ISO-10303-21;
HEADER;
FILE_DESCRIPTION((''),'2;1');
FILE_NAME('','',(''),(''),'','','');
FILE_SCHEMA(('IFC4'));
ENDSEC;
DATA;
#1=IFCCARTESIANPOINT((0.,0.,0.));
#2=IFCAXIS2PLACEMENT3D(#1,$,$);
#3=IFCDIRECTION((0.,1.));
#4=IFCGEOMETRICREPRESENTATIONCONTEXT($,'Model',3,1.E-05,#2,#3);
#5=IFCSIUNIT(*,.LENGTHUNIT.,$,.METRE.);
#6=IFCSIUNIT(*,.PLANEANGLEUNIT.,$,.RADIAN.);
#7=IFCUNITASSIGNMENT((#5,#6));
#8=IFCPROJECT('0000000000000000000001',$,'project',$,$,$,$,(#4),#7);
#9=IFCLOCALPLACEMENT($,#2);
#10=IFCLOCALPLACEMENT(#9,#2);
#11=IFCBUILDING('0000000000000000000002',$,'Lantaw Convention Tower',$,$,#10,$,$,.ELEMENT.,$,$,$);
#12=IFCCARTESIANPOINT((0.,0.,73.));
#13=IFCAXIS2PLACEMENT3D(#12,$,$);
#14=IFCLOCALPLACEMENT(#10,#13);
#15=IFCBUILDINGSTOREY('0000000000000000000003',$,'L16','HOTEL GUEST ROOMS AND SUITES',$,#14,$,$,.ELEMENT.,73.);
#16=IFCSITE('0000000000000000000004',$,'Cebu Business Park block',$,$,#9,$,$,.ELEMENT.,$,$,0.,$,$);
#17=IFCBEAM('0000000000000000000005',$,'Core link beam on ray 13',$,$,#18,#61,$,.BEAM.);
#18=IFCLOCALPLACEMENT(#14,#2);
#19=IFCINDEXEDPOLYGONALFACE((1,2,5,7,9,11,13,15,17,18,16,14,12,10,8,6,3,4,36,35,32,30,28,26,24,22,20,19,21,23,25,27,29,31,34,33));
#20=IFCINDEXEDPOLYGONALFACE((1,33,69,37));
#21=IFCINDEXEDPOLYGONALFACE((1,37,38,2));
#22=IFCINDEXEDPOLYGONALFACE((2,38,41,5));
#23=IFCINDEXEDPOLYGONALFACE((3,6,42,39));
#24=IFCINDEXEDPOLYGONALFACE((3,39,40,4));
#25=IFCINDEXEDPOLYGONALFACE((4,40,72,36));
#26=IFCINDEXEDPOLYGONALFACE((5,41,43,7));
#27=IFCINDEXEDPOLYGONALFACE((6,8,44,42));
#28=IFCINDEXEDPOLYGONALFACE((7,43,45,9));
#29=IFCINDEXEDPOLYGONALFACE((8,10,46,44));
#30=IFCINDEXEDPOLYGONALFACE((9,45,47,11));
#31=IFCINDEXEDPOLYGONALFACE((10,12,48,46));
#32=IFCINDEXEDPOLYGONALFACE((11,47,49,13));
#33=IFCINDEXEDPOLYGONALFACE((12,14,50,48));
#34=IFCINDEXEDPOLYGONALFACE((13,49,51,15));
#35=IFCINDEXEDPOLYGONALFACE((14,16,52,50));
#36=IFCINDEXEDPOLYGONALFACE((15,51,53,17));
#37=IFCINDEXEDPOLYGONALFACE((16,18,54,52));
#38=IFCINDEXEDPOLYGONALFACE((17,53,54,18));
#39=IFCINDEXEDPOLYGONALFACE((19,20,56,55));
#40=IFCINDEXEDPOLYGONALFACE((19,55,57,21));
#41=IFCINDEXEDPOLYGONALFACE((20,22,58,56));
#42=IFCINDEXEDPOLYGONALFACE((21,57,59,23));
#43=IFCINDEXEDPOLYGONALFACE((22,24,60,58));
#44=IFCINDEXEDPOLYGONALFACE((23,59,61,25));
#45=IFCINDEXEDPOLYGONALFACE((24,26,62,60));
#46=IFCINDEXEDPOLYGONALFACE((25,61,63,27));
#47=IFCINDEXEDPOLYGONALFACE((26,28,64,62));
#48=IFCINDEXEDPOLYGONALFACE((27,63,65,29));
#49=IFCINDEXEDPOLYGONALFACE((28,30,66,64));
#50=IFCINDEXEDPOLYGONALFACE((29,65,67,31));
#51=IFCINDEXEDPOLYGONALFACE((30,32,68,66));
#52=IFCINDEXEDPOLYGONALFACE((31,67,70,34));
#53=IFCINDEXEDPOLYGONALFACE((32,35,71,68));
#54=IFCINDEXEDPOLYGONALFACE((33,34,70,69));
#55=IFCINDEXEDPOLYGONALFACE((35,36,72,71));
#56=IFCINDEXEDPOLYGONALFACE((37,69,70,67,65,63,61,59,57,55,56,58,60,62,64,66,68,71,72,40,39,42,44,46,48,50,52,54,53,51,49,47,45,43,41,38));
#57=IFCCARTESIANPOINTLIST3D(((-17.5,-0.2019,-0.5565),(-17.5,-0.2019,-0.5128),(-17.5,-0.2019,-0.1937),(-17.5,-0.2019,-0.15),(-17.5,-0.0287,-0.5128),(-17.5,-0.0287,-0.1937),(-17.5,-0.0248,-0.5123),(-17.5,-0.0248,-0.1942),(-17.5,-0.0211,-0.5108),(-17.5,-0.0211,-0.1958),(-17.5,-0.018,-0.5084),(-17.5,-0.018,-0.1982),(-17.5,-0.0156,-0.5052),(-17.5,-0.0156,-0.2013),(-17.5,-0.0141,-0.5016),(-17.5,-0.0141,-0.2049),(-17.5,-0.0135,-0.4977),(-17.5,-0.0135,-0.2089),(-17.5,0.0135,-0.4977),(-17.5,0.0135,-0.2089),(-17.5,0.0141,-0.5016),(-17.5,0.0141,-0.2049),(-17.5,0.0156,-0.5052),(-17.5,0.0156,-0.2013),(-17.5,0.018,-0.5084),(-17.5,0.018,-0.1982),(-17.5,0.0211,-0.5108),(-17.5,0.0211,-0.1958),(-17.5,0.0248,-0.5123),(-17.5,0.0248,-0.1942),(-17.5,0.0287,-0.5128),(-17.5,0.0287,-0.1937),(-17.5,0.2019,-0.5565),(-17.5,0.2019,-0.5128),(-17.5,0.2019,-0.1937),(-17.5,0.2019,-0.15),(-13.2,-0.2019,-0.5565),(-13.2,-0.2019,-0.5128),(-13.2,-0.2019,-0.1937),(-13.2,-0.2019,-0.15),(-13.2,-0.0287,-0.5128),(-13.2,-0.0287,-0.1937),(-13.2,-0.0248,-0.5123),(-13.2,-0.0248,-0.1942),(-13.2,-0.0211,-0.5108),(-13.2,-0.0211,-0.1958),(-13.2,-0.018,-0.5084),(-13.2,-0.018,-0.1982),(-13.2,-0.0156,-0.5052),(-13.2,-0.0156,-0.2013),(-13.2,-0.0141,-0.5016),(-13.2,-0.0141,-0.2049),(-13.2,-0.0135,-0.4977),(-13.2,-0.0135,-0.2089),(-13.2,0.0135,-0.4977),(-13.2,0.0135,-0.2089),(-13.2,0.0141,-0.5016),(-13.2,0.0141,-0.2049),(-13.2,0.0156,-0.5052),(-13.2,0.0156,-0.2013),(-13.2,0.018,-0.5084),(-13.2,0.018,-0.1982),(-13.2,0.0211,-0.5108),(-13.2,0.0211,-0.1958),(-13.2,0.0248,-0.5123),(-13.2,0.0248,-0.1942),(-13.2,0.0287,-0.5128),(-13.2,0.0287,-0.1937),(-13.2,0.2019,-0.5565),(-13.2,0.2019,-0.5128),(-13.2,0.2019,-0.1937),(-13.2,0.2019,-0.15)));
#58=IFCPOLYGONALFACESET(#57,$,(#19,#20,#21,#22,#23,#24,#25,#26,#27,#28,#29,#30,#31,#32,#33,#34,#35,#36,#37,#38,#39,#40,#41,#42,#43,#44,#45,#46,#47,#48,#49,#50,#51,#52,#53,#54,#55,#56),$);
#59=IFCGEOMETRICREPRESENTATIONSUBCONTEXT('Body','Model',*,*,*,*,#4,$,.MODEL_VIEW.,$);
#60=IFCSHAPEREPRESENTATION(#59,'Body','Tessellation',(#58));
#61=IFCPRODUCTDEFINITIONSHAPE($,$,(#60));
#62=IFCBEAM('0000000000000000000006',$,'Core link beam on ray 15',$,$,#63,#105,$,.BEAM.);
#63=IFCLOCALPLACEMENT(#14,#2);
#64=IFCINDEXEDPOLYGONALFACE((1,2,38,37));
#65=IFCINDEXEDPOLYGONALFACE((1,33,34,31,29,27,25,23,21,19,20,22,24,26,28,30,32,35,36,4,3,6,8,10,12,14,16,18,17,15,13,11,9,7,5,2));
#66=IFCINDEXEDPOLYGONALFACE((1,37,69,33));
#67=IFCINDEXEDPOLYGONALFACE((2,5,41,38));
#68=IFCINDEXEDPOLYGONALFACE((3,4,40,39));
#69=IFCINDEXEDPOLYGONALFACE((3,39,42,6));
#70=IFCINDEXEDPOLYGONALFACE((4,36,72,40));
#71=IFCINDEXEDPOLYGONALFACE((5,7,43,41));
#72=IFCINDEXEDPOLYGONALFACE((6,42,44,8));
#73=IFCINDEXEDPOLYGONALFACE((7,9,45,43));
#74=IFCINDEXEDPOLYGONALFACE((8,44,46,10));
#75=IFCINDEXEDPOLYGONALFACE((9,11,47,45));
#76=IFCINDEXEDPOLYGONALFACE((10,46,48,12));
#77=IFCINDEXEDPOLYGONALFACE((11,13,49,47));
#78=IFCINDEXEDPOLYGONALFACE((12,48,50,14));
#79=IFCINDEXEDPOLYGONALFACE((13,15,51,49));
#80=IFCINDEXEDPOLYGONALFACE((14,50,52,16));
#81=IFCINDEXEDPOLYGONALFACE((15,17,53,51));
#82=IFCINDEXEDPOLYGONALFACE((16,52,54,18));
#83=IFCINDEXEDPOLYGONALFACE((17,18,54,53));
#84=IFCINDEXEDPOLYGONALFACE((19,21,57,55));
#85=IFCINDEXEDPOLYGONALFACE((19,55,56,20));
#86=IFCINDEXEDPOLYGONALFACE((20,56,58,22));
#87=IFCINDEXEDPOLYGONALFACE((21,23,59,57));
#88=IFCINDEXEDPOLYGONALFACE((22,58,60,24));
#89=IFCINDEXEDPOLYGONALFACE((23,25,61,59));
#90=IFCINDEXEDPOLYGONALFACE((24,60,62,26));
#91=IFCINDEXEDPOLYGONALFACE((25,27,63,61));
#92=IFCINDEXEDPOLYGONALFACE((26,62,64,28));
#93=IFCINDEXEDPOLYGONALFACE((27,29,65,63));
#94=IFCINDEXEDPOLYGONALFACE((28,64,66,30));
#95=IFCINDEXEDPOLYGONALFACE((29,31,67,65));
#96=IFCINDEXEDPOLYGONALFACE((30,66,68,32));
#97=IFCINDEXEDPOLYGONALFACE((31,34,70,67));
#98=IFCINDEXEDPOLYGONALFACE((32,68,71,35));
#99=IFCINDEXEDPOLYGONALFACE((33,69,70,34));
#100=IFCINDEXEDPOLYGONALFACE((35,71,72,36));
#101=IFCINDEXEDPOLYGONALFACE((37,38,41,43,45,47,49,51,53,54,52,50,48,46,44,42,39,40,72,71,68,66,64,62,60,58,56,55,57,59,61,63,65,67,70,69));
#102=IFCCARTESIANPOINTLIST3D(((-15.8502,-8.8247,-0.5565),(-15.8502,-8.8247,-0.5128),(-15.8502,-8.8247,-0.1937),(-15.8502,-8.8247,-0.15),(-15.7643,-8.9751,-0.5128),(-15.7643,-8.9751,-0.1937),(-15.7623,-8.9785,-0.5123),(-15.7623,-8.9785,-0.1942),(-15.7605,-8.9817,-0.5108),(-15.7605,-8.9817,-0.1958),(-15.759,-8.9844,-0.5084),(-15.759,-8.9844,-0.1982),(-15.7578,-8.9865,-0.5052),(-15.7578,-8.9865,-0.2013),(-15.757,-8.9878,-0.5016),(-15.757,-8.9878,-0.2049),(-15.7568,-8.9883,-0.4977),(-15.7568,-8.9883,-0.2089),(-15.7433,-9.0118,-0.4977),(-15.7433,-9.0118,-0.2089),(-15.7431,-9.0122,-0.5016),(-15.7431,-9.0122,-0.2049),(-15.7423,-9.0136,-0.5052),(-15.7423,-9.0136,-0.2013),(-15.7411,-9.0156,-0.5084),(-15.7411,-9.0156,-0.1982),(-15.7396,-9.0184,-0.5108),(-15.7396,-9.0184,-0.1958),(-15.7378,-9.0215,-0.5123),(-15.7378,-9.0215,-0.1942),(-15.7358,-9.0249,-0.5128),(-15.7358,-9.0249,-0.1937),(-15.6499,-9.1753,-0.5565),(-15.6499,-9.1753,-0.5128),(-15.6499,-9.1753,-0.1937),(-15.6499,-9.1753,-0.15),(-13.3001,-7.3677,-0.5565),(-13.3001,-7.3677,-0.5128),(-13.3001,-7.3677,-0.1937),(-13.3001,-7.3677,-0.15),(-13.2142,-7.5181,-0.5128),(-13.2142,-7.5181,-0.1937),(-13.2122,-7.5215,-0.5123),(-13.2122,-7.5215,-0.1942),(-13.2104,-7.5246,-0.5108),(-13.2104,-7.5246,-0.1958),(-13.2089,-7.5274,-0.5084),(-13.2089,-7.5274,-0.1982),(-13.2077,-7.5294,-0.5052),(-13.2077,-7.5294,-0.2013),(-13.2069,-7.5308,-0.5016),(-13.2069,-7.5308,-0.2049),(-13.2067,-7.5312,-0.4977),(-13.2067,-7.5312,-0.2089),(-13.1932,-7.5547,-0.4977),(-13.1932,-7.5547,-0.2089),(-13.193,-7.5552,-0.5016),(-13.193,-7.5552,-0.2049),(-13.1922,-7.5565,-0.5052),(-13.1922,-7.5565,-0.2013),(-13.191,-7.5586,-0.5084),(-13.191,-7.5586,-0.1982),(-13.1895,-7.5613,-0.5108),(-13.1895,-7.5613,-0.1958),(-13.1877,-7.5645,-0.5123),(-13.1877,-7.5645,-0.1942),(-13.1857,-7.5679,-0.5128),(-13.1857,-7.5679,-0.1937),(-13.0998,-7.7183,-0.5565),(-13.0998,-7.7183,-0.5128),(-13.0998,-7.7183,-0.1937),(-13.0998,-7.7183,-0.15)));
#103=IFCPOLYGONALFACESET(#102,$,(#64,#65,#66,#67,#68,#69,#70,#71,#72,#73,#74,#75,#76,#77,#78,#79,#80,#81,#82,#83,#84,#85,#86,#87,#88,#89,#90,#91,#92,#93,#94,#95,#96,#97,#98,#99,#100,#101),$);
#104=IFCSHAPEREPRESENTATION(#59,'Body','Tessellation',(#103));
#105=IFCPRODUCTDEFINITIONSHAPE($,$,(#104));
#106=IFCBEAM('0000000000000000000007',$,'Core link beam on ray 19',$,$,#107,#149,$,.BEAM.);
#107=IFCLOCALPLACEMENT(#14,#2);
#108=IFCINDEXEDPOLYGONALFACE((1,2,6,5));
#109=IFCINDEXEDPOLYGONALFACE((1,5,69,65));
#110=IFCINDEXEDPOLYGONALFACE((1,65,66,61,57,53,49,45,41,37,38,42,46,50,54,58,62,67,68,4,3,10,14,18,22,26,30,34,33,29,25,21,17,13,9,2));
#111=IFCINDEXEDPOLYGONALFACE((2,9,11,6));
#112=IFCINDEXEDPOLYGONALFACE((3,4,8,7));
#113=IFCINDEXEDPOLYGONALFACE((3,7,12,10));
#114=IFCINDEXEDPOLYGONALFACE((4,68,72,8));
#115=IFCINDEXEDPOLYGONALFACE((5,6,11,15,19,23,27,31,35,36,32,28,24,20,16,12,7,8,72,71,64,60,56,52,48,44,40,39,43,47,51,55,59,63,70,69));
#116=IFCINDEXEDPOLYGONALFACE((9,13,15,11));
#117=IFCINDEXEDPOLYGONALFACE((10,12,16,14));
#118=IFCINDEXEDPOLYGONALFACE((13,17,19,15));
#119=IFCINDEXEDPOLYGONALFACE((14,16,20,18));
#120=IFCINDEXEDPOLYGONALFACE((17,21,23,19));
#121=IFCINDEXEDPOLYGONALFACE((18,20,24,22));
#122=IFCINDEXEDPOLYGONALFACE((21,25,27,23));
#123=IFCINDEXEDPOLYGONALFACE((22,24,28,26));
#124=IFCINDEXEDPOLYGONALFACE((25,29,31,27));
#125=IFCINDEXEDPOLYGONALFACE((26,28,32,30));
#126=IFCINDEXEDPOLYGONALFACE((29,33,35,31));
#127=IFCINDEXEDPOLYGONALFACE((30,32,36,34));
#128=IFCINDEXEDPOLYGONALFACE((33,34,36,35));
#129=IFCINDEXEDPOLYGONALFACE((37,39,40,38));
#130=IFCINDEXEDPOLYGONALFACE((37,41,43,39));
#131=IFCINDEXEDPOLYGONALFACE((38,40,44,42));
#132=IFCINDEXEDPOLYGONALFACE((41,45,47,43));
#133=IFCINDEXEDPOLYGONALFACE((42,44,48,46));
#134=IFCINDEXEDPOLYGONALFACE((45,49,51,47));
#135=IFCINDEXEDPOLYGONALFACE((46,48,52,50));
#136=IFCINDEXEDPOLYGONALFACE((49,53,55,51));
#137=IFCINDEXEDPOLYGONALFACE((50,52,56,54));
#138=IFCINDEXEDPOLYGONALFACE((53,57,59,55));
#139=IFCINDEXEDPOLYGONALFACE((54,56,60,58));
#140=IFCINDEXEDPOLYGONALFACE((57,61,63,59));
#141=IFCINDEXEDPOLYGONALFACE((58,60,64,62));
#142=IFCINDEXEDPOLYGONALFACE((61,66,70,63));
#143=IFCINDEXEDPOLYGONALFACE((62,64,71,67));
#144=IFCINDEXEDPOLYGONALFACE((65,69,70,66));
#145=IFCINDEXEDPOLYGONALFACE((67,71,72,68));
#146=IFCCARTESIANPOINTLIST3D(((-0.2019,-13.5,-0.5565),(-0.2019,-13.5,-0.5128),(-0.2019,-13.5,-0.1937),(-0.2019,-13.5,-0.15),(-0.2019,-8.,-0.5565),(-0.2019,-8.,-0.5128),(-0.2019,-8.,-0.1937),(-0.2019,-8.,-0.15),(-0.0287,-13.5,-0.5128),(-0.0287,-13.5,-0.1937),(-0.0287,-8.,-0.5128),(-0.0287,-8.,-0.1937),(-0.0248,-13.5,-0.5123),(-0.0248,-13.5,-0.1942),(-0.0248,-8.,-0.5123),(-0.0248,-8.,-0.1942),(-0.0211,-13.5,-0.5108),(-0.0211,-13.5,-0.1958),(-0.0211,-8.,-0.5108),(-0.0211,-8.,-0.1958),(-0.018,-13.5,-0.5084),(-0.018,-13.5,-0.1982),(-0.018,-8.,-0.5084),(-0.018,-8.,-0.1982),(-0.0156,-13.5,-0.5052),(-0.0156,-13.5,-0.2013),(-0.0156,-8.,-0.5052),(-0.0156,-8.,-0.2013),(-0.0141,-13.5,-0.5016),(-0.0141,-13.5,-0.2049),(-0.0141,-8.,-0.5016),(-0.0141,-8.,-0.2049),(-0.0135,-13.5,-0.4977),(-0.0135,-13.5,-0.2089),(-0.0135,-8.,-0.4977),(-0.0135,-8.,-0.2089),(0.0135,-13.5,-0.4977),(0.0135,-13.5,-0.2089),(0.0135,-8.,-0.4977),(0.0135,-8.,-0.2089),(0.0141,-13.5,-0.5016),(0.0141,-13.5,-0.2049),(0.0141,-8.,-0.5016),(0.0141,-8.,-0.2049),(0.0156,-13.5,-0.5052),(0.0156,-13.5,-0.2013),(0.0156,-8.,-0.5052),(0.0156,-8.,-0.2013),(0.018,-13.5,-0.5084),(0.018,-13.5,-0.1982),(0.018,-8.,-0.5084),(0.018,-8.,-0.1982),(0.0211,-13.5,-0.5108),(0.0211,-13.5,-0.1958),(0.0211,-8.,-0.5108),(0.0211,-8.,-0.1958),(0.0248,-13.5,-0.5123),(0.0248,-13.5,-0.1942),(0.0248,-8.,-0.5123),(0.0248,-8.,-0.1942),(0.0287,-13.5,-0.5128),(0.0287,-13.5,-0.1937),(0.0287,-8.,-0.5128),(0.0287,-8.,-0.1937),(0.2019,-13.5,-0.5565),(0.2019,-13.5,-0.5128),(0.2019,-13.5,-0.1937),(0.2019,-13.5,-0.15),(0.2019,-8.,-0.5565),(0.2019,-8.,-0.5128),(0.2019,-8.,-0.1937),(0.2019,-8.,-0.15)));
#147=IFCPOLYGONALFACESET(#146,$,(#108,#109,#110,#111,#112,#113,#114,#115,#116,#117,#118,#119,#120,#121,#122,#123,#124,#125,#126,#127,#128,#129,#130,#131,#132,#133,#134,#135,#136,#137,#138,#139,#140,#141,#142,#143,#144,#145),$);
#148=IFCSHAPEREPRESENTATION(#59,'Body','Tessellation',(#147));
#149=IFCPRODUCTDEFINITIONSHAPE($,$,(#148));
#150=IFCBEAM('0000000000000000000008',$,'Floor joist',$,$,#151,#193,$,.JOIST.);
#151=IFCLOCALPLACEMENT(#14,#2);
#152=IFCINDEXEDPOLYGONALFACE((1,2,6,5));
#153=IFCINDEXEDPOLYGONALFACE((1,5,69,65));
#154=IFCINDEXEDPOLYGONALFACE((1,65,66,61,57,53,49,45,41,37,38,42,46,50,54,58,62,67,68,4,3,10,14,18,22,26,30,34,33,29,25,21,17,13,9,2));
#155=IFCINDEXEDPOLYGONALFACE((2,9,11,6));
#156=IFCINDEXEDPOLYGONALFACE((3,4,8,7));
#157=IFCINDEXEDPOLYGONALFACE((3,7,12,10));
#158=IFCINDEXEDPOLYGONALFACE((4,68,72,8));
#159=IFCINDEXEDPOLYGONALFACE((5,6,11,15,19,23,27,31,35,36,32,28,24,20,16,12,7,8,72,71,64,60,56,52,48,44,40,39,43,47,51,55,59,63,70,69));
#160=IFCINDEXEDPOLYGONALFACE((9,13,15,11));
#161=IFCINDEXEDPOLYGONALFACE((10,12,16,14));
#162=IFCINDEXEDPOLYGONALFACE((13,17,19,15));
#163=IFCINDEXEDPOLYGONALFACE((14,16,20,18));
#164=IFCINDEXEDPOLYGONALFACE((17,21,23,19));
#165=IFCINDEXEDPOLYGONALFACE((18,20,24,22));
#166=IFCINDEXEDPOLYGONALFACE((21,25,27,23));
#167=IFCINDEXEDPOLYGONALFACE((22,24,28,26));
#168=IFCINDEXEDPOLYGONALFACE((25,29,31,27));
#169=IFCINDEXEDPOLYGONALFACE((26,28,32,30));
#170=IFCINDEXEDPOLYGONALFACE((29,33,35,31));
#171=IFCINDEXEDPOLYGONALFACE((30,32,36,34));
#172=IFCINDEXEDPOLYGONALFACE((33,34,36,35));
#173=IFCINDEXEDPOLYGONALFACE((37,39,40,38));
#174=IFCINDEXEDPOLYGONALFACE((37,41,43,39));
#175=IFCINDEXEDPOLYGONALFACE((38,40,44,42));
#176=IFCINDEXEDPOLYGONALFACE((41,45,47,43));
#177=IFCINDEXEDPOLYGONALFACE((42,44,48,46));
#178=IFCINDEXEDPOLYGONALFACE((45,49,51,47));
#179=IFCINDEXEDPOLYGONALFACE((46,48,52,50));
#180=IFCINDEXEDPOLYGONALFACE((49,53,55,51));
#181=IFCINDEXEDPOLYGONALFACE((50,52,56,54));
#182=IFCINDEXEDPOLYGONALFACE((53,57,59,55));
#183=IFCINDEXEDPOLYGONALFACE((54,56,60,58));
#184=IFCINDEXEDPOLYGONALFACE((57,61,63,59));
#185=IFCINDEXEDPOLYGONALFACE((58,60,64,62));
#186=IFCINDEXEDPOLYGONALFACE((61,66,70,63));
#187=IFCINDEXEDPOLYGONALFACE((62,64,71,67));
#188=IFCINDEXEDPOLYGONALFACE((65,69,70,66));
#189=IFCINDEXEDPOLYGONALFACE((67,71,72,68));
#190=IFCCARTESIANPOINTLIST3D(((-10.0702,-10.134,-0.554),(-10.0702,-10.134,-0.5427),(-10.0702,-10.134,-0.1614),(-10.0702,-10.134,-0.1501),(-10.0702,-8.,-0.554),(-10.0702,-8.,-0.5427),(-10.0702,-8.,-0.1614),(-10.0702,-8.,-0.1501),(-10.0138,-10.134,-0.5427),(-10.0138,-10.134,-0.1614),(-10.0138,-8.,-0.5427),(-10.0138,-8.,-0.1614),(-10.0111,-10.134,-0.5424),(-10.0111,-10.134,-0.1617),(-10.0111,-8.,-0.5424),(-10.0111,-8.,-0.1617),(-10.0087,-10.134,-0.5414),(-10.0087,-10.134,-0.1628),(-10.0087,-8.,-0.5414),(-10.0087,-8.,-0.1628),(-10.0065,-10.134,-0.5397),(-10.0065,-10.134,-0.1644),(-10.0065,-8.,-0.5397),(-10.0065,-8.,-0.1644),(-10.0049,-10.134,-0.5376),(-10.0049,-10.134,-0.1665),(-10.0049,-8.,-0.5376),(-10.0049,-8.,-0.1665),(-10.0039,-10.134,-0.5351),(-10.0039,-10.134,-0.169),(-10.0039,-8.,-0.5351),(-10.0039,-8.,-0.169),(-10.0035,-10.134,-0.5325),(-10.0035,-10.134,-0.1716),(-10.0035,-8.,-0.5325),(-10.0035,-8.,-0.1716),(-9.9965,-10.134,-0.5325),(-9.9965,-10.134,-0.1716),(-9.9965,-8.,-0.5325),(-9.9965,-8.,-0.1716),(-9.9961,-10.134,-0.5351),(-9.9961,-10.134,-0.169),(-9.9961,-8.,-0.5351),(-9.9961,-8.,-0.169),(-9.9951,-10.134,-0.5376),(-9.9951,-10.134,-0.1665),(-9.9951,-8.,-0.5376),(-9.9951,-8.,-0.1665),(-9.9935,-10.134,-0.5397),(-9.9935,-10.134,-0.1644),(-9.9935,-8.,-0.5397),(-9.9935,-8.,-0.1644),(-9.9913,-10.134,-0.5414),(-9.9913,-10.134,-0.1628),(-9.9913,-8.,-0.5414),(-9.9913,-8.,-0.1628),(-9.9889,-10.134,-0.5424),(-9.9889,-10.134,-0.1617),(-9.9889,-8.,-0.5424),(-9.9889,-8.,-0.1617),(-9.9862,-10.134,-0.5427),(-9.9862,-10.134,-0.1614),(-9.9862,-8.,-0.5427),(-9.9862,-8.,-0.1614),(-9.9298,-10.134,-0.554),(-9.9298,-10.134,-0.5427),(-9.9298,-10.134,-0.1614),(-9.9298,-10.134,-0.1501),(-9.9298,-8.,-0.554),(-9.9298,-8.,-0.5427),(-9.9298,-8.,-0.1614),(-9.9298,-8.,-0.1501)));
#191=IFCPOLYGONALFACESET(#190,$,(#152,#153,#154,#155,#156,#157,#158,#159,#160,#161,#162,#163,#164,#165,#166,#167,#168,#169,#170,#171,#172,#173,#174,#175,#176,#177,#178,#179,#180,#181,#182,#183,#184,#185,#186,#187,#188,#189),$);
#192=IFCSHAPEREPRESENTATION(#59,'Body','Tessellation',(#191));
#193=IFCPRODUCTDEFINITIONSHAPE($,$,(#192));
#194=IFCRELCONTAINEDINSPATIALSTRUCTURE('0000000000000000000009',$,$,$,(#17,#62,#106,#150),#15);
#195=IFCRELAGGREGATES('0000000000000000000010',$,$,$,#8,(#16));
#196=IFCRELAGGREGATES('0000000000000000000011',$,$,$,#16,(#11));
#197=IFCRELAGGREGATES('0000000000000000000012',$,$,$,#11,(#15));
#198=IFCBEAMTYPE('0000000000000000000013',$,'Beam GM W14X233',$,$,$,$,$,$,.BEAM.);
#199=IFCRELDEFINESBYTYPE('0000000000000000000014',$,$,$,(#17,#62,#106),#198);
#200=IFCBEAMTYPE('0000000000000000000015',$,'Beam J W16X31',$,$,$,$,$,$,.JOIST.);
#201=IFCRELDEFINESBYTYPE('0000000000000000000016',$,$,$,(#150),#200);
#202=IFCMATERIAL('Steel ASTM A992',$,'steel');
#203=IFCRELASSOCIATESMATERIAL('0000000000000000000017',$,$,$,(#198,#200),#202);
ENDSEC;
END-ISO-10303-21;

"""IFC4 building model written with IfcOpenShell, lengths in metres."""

from ifc_helpers import new_model, si_unit, direction, frame, origin, origin_2d, place, context, subcontext, project, spatial, i_section, extrude, material, material_profile, profile_set, type_object, element, save


model = new_model("IFC4")

# Units and contexts
model_context = context("Model", 3, precision=1e-05, world=origin(), true_north=direction((0.0, 1.0)))
body_context = subcontext(model_context, "Body", "Model", "MODEL_VIEW")
ifc_project = project(units=[si_unit("LENGTHUNIT", "METRE"), si_unit("PLANEANGLEUNIT", "RADIAN")], contexts=[model_context])

# Site, building, storey
site_placement = place(None, origin())
site = spatial("IfcSite", under=ifc_project, at=site_placement, Name="Cebu Business Park block", CompositionType="ELEMENT", RefElevation=0.0)
building_placement = place(site_placement, origin())
building = spatial("IfcBuilding", under=site, at=building_placement, Name="Lantaw Convention Tower", CompositionType="ELEMENT")
storey_placement = place(building_placement, frame((0.0, 0.0, 73.0)))
storey = spatial("IfcBuildingStorey", under=building, at=storey_placement, Name="L16", Description="HOTEL GUEST ROOMS AND SUITES", CompositionType="ELEMENT", Elevation=73.0)

# Beams
ifc_material_1 = material(Name="Steel ASTM A992", Category="steel")
ifc_material_profile_1 = material_profile(ifc_material_1, i_section(OverallWidth=0.4038, OverallDepth=0.4065, WebThickness=0.0271, FlangeThickness=0.0437, FilletRadius=0.0151, at=origin_2d()), Name="W14X233")
ifc_profile_set_1 = profile_set([ifc_material_profile_1], Name="Steel ASTM A992")
beam_type_1 = type_object("IfcBeamType", Name="Beam GM W14X233", PredefinedType="BEAM", material=ifc_profile_set_1)
beam_1_placement = place(storey_placement, frame((-13.2, 0.0, -0.3533), z_axis=(-1.0, 0.0, 0.0), x_axis=(0.0, -1.0, 0.0)))
element("IfcBeam", 1, at=beam_1_placement, inside=storey, type_object=beam_type_1, Name="Core link beam on ray 13", PredefinedType="BEAM", context=body_context, shape_type="SweptSolid", body=[
    extrude(i_section(OverallWidth=0.4038, OverallDepth=0.4065, WebThickness=0.0271, FlangeThickness=0.0437, FilletRadius=0.0151, at=origin_2d()), origin(), (0.0, 0.0, 1.0), 4.3),
])
beam_2_placement = place(storey_placement, frame((-13.2, -7.543, -0.3533), z_axis=(-0.868264, -0.496103, 0.0), x_axis=(0.496103, -0.868264, 0.0)))
element("IfcBeam", 2, at=beam_2_placement, inside=storey, type_object=beam_type_1, Name="Core link beam on ray 15", PredefinedType="BEAM", context=body_context, shape_type="SweptSolid", body=[
    extrude(i_section(OverallWidth=0.4038, OverallDepth=0.4065, WebThickness=0.0271, FlangeThickness=0.0437, FilletRadius=0.0151, at=origin_2d()), origin(), (0.0, 0.0, 1.0), 2.937),
])
beam_3_placement = place(storey_placement, frame((0.0, -8.0, -0.3533), z_axis=(0.0, -1.0, 0.0), x_axis=(1.0, 0.0, 0.0)))
element("IfcBeam", 3, at=beam_3_placement, inside=storey, type_object=beam_type_1, Name="Core link beam on ray 19", PredefinedType="BEAM", context=body_context, shape_type="SweptSolid", body=[
    extrude(i_section(OverallWidth=0.4038, OverallDepth=0.4065, WebThickness=0.0271, FlangeThickness=0.0437, FilletRadius=0.0151, at=origin_2d()), origin(), (0.0, 0.0, 1.0), 5.5),
])
ifc_material_profile_2 = material_profile(ifc_material_1, i_section(OverallWidth=0.1404, OverallDepth=0.4038, WebThickness=0.0071, FlangeThickness=0.0112, FilletRadius=0.0103, at=origin_2d()), Name="W16X31")
ifc_profile_set_2 = profile_set([ifc_material_profile_2], Name="Steel ASTM A992")
beam_type_2 = type_object("IfcBeamType", Name="Beam J W16X31", PredefinedType="JOIST", material=ifc_profile_set_2)
beam_4_placement = place(storey_placement, frame((-10.0, -10.134, -0.3521), z_axis=(0.0, 1.0, 0.0), x_axis=(-1.0, 0.0, 0.0)))
element("IfcBeam", 4, at=beam_4_placement, inside=storey, type_object=beam_type_2, Name="Floor joist", PredefinedType="JOIST", context=body_context, shape_type="SweptSolid", body=[
    extrude(i_section(OverallWidth=0.1404, OverallDepth=0.4038, WebThickness=0.0071, FlangeThickness=0.0112, FilletRadius=0.0103, at=origin_2d()), origin(), (0.0, 0.0, 1.0), 2.134),
])

save(model, "model.ifc")
